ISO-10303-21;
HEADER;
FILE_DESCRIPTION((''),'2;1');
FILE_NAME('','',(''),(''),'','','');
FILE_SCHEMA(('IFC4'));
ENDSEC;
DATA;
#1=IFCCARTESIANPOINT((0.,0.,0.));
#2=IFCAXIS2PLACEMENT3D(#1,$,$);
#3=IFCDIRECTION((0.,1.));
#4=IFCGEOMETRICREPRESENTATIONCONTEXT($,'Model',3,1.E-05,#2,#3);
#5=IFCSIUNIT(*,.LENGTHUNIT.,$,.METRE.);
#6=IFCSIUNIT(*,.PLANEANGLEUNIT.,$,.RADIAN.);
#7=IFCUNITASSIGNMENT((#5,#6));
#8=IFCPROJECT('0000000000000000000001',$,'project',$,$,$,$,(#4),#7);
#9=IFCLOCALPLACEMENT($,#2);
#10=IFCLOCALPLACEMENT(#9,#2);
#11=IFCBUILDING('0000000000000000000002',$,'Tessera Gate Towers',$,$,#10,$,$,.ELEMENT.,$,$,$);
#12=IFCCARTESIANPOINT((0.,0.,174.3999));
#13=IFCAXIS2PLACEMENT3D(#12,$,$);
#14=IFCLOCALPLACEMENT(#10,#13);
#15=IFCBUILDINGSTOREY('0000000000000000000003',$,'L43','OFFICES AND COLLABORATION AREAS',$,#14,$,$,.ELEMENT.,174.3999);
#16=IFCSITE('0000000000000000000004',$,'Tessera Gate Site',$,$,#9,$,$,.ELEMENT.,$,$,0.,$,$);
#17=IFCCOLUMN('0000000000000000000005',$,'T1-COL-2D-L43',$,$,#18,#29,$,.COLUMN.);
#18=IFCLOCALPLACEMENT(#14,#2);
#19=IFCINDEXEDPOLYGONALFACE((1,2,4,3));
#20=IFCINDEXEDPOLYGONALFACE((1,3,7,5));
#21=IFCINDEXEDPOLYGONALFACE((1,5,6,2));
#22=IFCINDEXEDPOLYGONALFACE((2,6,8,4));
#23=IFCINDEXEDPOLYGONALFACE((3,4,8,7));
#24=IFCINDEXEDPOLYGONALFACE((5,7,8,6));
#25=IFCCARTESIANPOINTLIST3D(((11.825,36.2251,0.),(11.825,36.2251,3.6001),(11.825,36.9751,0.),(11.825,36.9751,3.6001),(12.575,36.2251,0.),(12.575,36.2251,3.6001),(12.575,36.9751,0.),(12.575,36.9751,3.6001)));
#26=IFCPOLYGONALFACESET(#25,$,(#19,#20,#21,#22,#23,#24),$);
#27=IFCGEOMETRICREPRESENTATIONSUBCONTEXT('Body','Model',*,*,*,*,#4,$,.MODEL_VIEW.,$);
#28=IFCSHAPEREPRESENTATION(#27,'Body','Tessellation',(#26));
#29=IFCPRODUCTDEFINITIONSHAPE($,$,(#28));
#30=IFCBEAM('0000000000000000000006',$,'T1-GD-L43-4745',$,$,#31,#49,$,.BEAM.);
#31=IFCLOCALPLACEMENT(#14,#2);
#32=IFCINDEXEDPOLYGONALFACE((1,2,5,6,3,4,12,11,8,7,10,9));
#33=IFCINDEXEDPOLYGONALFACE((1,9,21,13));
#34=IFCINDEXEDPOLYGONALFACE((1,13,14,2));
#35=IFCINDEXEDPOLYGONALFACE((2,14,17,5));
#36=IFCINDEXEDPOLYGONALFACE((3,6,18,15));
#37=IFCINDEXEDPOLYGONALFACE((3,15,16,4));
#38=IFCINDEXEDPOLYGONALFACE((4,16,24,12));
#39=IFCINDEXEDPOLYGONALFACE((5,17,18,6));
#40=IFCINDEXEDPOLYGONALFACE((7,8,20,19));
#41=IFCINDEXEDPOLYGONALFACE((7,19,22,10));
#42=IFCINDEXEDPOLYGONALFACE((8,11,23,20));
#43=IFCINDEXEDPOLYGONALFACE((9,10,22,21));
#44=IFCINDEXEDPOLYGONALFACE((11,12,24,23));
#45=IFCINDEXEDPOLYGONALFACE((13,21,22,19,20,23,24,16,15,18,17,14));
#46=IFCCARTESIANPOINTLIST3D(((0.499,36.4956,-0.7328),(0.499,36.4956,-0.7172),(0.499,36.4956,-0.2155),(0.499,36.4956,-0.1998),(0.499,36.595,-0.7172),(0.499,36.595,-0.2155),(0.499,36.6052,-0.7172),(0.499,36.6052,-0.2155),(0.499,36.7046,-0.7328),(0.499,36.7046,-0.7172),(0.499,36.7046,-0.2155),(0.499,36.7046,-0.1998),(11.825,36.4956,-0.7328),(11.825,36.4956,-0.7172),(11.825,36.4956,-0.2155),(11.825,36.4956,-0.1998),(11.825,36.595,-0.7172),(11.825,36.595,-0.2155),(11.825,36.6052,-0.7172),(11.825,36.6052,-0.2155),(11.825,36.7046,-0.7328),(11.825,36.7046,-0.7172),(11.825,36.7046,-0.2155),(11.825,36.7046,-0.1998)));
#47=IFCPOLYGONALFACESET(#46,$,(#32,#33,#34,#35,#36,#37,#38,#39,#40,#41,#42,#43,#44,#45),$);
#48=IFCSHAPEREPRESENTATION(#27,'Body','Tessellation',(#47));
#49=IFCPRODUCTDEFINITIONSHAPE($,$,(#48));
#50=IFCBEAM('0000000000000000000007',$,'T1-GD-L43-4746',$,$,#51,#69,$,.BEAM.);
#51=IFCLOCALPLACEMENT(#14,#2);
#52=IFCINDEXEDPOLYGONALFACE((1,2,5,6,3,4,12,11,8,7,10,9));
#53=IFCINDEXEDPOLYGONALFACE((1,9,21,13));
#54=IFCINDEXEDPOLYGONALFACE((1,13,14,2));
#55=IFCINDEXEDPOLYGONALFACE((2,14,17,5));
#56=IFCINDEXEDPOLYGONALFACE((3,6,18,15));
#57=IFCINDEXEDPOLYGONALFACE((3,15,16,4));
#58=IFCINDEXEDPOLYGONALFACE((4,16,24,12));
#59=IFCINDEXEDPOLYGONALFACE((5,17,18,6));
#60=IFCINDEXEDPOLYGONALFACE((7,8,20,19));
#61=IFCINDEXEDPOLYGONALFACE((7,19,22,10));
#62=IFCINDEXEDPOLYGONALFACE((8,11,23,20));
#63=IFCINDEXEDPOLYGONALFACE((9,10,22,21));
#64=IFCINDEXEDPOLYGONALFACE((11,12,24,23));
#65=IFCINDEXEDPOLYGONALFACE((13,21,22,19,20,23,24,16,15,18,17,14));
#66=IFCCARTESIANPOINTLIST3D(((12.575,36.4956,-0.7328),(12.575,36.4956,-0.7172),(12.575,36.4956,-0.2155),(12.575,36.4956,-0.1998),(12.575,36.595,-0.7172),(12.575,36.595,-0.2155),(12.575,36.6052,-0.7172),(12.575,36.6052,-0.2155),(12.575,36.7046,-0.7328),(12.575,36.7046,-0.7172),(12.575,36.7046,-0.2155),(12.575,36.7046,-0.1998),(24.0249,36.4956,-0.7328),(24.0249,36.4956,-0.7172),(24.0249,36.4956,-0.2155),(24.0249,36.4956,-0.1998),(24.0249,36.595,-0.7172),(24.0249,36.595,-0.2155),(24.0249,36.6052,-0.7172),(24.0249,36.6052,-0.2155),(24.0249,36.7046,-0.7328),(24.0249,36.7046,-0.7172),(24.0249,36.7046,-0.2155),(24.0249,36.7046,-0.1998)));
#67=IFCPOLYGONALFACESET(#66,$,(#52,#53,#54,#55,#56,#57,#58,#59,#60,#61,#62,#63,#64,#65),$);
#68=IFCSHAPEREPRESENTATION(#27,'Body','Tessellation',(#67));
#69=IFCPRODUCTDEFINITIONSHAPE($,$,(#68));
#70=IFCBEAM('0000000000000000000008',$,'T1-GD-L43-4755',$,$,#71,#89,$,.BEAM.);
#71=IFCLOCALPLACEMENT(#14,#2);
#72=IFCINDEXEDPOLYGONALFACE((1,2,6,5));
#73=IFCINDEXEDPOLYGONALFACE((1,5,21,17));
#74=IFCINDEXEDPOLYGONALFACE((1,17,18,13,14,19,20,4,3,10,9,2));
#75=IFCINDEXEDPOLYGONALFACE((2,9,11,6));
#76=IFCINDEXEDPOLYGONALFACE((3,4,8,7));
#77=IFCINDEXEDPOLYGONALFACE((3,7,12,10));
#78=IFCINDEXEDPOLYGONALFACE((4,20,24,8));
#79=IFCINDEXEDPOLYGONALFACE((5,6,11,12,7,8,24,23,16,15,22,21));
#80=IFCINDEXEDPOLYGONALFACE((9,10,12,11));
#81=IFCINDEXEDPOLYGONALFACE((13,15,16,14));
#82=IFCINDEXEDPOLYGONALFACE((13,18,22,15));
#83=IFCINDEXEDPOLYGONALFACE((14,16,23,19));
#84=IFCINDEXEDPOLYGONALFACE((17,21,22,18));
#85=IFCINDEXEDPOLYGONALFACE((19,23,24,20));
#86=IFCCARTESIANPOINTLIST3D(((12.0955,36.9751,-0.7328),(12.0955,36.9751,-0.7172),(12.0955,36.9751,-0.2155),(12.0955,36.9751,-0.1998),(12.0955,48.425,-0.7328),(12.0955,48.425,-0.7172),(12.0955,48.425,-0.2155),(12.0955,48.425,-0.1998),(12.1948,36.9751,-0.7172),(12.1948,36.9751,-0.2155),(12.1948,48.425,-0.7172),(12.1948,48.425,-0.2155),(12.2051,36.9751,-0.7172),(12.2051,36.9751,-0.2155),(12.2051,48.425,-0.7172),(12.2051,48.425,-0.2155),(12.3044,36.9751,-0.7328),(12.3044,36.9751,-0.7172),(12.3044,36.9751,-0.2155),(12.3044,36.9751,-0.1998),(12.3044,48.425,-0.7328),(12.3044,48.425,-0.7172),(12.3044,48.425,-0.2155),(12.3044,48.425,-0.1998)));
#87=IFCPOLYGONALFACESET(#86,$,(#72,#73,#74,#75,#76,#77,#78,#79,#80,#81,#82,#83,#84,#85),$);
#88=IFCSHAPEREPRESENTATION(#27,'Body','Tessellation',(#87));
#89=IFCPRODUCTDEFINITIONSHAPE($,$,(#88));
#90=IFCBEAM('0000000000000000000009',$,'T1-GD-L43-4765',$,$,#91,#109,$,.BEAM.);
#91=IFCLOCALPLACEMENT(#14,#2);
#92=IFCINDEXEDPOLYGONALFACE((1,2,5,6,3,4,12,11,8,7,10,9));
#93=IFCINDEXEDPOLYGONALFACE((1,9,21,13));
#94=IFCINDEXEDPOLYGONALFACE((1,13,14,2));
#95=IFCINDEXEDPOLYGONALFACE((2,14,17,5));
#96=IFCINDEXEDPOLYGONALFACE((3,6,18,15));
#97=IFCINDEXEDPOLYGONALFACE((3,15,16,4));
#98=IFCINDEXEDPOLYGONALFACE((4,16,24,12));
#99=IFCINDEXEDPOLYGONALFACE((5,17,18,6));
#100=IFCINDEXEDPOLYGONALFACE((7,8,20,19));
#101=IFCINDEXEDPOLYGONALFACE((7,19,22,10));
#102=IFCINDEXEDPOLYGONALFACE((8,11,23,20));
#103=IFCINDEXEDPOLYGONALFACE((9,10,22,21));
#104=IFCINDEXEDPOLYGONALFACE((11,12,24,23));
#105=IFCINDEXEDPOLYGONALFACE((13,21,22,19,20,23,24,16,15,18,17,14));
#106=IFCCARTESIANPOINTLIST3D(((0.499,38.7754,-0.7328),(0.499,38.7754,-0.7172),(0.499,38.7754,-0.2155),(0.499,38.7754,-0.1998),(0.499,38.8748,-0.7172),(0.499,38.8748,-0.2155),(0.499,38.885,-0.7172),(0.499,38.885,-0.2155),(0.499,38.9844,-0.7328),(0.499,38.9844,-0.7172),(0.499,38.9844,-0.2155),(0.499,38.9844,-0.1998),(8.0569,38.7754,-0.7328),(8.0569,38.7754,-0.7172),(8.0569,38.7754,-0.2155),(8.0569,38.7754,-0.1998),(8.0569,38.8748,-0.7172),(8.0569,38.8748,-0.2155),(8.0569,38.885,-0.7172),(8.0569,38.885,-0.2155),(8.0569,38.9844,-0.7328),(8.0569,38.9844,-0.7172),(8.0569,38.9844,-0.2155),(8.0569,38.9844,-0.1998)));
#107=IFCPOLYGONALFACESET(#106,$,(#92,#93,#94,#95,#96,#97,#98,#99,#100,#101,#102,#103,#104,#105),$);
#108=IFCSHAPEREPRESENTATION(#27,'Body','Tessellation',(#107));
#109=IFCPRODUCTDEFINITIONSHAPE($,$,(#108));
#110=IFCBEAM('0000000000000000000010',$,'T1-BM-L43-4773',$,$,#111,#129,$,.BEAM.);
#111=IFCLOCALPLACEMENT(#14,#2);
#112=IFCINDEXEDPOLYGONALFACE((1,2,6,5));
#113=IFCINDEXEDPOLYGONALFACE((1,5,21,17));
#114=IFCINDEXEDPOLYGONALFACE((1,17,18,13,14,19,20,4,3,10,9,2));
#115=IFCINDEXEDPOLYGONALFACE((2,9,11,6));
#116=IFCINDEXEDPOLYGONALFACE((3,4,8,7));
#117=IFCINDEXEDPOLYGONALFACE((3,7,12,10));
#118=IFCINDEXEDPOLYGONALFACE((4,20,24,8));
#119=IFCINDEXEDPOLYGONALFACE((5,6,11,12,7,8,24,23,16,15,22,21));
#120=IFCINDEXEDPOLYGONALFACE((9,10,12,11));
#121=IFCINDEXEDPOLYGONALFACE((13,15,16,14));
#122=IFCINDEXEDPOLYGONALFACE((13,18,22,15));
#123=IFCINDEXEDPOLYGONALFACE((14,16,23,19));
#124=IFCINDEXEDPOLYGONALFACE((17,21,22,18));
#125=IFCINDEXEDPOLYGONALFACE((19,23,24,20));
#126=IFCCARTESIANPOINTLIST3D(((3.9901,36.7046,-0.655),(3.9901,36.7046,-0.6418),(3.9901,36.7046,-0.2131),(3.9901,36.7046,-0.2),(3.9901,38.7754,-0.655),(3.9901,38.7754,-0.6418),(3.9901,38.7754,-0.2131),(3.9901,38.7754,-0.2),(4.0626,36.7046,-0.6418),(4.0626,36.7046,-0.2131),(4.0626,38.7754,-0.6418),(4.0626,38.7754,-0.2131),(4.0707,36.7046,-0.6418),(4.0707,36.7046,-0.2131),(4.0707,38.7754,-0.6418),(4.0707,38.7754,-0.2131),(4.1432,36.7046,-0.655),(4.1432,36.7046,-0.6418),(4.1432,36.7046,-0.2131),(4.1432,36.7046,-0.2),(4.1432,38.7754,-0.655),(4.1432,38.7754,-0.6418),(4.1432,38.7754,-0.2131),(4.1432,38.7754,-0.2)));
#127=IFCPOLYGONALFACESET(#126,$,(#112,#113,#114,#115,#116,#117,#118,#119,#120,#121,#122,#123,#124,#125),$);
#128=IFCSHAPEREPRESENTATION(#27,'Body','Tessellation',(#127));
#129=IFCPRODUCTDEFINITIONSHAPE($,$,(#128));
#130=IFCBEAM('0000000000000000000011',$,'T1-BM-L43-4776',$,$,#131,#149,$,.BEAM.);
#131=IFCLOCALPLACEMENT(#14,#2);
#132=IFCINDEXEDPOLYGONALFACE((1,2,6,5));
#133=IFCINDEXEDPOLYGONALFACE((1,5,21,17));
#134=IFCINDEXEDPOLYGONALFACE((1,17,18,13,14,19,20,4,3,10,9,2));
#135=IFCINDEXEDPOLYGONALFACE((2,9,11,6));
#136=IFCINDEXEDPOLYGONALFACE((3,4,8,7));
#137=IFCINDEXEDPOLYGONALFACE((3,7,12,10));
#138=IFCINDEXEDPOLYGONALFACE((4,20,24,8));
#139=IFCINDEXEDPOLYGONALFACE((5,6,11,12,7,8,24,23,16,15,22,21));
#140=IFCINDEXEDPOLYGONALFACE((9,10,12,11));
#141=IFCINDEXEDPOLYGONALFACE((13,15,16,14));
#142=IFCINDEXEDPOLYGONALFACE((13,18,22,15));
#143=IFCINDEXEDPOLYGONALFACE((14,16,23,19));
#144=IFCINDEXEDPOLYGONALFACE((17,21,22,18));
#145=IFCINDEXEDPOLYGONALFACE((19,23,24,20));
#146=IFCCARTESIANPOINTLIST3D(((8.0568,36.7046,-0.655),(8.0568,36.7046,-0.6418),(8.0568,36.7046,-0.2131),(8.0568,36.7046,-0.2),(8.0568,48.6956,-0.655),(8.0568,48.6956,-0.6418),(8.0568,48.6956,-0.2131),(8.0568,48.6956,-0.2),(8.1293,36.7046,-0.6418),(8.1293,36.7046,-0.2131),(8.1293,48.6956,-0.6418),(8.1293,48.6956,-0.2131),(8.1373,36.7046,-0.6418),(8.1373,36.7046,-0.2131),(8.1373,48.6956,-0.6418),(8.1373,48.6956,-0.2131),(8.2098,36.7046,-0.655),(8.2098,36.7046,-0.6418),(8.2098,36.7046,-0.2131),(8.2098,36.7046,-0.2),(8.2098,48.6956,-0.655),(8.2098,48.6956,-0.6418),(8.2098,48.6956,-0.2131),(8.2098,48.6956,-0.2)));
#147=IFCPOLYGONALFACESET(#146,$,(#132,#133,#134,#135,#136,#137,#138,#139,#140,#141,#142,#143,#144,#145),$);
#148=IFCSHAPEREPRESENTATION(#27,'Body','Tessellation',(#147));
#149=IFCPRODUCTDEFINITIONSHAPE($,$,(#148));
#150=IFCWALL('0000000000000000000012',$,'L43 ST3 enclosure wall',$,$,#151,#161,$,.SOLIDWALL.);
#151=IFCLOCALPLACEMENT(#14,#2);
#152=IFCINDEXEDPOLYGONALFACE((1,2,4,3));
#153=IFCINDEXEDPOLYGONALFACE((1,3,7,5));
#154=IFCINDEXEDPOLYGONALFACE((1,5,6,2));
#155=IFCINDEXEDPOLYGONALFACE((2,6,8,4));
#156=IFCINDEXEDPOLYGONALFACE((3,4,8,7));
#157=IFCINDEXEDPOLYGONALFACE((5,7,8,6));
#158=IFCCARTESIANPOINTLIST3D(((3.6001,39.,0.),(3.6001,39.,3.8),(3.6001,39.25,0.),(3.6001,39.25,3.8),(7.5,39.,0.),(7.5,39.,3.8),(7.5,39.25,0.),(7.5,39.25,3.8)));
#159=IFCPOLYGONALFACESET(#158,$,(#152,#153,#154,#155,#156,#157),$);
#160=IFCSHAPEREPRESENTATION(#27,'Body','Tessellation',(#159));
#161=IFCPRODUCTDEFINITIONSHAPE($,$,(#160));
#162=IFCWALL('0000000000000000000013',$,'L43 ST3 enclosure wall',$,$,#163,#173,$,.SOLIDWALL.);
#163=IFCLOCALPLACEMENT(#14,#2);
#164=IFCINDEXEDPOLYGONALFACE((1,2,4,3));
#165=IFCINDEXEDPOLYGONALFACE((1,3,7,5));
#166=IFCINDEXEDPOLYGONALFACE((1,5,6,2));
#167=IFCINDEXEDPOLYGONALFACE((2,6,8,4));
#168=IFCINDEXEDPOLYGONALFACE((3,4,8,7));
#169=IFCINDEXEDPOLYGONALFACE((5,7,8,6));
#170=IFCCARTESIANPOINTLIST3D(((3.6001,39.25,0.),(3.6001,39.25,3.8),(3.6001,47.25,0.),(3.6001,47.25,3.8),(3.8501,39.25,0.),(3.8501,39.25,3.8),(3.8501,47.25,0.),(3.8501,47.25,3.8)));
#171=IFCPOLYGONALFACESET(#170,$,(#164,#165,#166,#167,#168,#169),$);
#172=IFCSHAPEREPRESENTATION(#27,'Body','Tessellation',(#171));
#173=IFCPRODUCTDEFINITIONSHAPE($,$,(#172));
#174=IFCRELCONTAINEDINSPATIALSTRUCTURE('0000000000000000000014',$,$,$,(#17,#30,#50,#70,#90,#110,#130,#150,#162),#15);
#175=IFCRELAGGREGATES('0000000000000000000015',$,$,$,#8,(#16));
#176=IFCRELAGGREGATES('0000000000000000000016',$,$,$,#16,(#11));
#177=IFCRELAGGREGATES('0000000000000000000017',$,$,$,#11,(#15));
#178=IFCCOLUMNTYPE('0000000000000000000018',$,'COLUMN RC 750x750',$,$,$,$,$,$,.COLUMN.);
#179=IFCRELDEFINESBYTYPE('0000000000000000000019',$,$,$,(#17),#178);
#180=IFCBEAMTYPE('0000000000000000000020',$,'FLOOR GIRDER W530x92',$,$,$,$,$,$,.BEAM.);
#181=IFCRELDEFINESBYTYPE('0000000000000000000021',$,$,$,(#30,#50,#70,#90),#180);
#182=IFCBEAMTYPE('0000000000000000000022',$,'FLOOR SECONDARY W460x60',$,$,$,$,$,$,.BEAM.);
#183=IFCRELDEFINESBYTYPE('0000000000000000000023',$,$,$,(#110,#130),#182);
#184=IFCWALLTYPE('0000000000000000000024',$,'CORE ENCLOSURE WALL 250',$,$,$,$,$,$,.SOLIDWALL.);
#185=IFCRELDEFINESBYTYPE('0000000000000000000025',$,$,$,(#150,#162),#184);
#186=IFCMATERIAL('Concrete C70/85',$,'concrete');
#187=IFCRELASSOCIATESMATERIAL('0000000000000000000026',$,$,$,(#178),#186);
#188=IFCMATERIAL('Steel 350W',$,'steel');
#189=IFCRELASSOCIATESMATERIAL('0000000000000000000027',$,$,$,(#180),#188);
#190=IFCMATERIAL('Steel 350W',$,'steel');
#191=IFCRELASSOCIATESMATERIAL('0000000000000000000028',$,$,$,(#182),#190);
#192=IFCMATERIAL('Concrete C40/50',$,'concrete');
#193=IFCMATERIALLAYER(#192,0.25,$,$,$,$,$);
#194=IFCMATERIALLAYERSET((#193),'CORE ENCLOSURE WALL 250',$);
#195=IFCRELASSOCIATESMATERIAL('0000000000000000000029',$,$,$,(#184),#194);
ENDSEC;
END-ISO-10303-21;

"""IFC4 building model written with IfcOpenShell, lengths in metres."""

from ifc_helpers import new_model, si_unit, direction, frame, frame_2d, origin, origin_2d, place, context, subcontext, project, spatial, rectangle, i_section, extrude, material, layer, layer_set, material_profile, profile_set, type_object, element, save


model = new_model("IFC4")

# Units and contexts
model_context = context("Model", 3, precision=1e-05, world=origin(), true_north=direction((0.0, 1.0)))
body_context = subcontext(model_context, "Body", "Model", "MODEL_VIEW")
ifc_project = project(units=[si_unit("LENGTHUNIT", "METRE"), si_unit("PLANEANGLEUNIT", "RADIAN")], contexts=[model_context])

# Site, building, storey
site_placement = place(None, origin())
site = spatial("IfcSite", under=ifc_project, at=site_placement, Name="Tessera Gate Site", CompositionType="ELEMENT", RefElevation=0.0)
building_placement = place(site_placement, origin())
building = spatial("IfcBuilding", under=site, at=building_placement, Name="Tessera Gate Towers", CompositionType="ELEMENT")
storey_placement = place(building_placement, frame((0.0, 0.0, 174.3999)))
storey = spatial("IfcBuildingStorey", under=building, at=storey_placement, Name="L43", Description="OFFICES AND COLLABORATION AREAS", CompositionType="ELEMENT", Elevation=174.3999)

# Column
ifc_material_1 = material(Name="Concrete C70/85", Category="concrete")
ifc_material_profile_1 = material_profile(ifc_material_1, rectangle(XDim=0.75, YDim=0.75, at=origin_2d()), Name="RC 750x750")
ifc_profile_set_1 = profile_set([ifc_material_profile_1], Name="Concrete C70/85")
column_type = type_object("IfcColumnType", Name="COLUMN RC 750x750", PredefinedType="COLUMN", material=ifc_profile_set_1)
column_placement = place(storey_placement, frame((12.2, 36.6001, 0.0), z_axis=(0.0, 0.0, 1.0), x_axis=(1.0, 0.0, 0.0)))
element("IfcColumn", 1, at=column_placement, inside=storey, type_object=column_type, Name="T1-COL-2D-L43", PredefinedType="COLUMN", context=body_context, shape_type="SweptSolid", body=[
    extrude(rectangle(XDim=0.75, YDim=0.75, at=origin_2d()), origin(), (0.0, 0.0, 1.0), 3.6001),
])

# Beams
ifc_material_2 = material(Name="Steel 350W", Category="steel")
ifc_material_profile_2 = material_profile(ifc_material_2, i_section(OverallWidth=0.209, OverallDepth=0.533, WebThickness=0.0103, FlangeThickness=0.0156, at=origin_2d()), Name="W530x92")
ifc_profile_set_2 = profile_set([ifc_material_profile_2], Name="Steel 350W")
beam_type_1 = type_object("IfcBeamType", Name="FLOOR GIRDER W530x92", PredefinedType="BEAM", material=ifc_profile_set_2)
beam_1_placement = place(storey_placement, frame((0.499, 36.6001, -0.4663), z_axis=(1.0, 0.0, 0.0), x_axis=(0.0, 1.0, 0.0)))
element("IfcBeam", 2, at=beam_1_placement, inside=storey, type_object=beam_type_1, Name="T1-GD-L43-4745", PredefinedType="BEAM", context=body_context, shape_type="SweptSolid", body=[
    extrude(i_section(OverallWidth=0.209, OverallDepth=0.533, WebThickness=0.0103, FlangeThickness=0.0156, at=origin_2d()), origin(), (0.0, 0.0, 1.0), 11.3259),
])
for number, where, z_axis, x_axis, name in (
    (3, (12.575, 36.6001, -0.4663), (1.0, 0.0, 0.0), (0.0, 1.0, 0.0), "T1-GD-L43-4746"),
    (4, (12.2, 36.9751, -0.4663), (0.0, 1.0, 0.0), (-1.0, 0.0, 0.0), "T1-GD-L43-4755"),
):
    element("IfcBeam", number, at=place(storey_placement, frame(where, z_axis=z_axis, x_axis=x_axis)), inside=storey, type_object=beam_type_1, Name=name, PredefinedType="BEAM", context=body_context, shape_type="SweptSolid", body=[
        extrude(i_section(OverallWidth=0.209, OverallDepth=0.533, WebThickness=0.0103, FlangeThickness=0.0156, at=origin_2d()), origin(), (0.0, 0.0, 1.0), 11.45),
    ])
beam_2_placement = place(storey_placement, frame((0.499, 38.8799, -0.4663), z_axis=(1.0, 0.0, 0.0), x_axis=(0.0, 1.0, 0.0)))
element("IfcBeam", 5, at=beam_2_placement, inside=storey, type_object=beam_type_1, Name="T1-GD-L43-4765", PredefinedType="BEAM", context=body_context, shape_type="SweptSolid", body=[
    extrude(i_section(OverallWidth=0.209, OverallDepth=0.533, WebThickness=0.0103, FlangeThickness=0.0156, at=origin_2d()), origin(), (0.0, 0.0, 1.0), 7.5579),
])
ifc_material_3 = material(Name="Steel 350W", Category="steel")
ifc_material_profile_3 = material_profile(ifc_material_3, i_section(OverallWidth=0.1531, OverallDepth=0.4551, WebThickness=0.0081, FlangeThickness=0.0132, at=origin_2d()), Name="W460x60")
ifc_profile_set_3 = profile_set([ifc_material_profile_3], Name="Steel 350W")
beam_type_2 = type_object("IfcBeamType", Name="FLOOR SECONDARY W460x60", PredefinedType="BEAM", material=ifc_profile_set_3)
beam_3_placement = place(storey_placement, frame((4.0667, 36.7046, -0.4275), z_axis=(0.0, 1.0, 0.0), x_axis=(-1.0, 0.0, 0.0)))
element("IfcBeam", 6, at=beam_3_placement, inside=storey, type_object=beam_type_2, Name="T1-BM-L43-4773", PredefinedType="BEAM", context=body_context, shape_type="SweptSolid", body=[
    extrude(i_section(OverallWidth=0.1531, OverallDepth=0.4551, WebThickness=0.0081, FlangeThickness=0.0132, at=origin_2d()), origin(), (0.0, 0.0, 1.0), 2.0708),
])
beam_4_placement = place(storey_placement, frame((8.1333, 36.7046, -0.4275), z_axis=(0.0, 1.0, 0.0), x_axis=(-1.0, 0.0, 0.0)))
element("IfcBeam", 7, at=beam_4_placement, inside=storey, type_object=beam_type_2, Name="T1-BM-L43-4776", PredefinedType="BEAM", context=body_context, shape_type="SweptSolid", body=[
    extrude(i_section(OverallWidth=0.1531, OverallDepth=0.4551, WebThickness=0.0081, FlangeThickness=0.0132, at=origin_2d()), origin(), (0.0, 0.0, 1.0), 11.991),
])

# Walls
ifc_material_4 = material(Name="Concrete C40/50", Category="concrete")
ifc_layer_1 = layer(ifc_material_4, 0.25)
ifc_layer_set_1 = layer_set([ifc_layer_1], Name="CORE ENCLOSURE WALL 250")
wall_type_1 = type_object("IfcWallType", Name="CORE ENCLOSURE WALL 250", PredefinedType="SOLIDWALL", material=ifc_layer_set_1)
wall_1_placement = place(storey_placement, frame((7.5, 39.125, 0.0), z_axis=(0.0, 0.0, 1.0), x_axis=(-1.0, 0.0, 0.0)))
element("IfcWall", 8, at=wall_1_placement, inside=storey, type_object=wall_type_1, Name="L43 ST3 enclosure wall", PredefinedType="SOLIDWALL", context=body_context, shape_type="SweptSolid", body=[
    extrude(rectangle(XDim=3.8999, YDim=0.25, at=frame_2d((1.95, 0.0))), origin(), (0.0, 0.0, 1.0), 3.8),
])
wall_2_placement = place(storey_placement, frame((3.7251, 39.25, 0.0), z_axis=(0.0, 0.0, 1.0), x_axis=(0.0, 1.0, 0.0)))
element("IfcWall", 9, at=wall_2_placement, inside=storey, type_object=wall_type_1, Name="L43 ST3 enclosure wall", PredefinedType="SOLIDWALL", context=body_context, shape_type="SweptSolid", body=[
    extrude(rectangle(XDim=8.0, YDim=0.25, at=frame_2d((4.0, 0.0))), origin(), (0.0, 0.0, 1.0), 3.8),
])

save(model, "model.ifc")
